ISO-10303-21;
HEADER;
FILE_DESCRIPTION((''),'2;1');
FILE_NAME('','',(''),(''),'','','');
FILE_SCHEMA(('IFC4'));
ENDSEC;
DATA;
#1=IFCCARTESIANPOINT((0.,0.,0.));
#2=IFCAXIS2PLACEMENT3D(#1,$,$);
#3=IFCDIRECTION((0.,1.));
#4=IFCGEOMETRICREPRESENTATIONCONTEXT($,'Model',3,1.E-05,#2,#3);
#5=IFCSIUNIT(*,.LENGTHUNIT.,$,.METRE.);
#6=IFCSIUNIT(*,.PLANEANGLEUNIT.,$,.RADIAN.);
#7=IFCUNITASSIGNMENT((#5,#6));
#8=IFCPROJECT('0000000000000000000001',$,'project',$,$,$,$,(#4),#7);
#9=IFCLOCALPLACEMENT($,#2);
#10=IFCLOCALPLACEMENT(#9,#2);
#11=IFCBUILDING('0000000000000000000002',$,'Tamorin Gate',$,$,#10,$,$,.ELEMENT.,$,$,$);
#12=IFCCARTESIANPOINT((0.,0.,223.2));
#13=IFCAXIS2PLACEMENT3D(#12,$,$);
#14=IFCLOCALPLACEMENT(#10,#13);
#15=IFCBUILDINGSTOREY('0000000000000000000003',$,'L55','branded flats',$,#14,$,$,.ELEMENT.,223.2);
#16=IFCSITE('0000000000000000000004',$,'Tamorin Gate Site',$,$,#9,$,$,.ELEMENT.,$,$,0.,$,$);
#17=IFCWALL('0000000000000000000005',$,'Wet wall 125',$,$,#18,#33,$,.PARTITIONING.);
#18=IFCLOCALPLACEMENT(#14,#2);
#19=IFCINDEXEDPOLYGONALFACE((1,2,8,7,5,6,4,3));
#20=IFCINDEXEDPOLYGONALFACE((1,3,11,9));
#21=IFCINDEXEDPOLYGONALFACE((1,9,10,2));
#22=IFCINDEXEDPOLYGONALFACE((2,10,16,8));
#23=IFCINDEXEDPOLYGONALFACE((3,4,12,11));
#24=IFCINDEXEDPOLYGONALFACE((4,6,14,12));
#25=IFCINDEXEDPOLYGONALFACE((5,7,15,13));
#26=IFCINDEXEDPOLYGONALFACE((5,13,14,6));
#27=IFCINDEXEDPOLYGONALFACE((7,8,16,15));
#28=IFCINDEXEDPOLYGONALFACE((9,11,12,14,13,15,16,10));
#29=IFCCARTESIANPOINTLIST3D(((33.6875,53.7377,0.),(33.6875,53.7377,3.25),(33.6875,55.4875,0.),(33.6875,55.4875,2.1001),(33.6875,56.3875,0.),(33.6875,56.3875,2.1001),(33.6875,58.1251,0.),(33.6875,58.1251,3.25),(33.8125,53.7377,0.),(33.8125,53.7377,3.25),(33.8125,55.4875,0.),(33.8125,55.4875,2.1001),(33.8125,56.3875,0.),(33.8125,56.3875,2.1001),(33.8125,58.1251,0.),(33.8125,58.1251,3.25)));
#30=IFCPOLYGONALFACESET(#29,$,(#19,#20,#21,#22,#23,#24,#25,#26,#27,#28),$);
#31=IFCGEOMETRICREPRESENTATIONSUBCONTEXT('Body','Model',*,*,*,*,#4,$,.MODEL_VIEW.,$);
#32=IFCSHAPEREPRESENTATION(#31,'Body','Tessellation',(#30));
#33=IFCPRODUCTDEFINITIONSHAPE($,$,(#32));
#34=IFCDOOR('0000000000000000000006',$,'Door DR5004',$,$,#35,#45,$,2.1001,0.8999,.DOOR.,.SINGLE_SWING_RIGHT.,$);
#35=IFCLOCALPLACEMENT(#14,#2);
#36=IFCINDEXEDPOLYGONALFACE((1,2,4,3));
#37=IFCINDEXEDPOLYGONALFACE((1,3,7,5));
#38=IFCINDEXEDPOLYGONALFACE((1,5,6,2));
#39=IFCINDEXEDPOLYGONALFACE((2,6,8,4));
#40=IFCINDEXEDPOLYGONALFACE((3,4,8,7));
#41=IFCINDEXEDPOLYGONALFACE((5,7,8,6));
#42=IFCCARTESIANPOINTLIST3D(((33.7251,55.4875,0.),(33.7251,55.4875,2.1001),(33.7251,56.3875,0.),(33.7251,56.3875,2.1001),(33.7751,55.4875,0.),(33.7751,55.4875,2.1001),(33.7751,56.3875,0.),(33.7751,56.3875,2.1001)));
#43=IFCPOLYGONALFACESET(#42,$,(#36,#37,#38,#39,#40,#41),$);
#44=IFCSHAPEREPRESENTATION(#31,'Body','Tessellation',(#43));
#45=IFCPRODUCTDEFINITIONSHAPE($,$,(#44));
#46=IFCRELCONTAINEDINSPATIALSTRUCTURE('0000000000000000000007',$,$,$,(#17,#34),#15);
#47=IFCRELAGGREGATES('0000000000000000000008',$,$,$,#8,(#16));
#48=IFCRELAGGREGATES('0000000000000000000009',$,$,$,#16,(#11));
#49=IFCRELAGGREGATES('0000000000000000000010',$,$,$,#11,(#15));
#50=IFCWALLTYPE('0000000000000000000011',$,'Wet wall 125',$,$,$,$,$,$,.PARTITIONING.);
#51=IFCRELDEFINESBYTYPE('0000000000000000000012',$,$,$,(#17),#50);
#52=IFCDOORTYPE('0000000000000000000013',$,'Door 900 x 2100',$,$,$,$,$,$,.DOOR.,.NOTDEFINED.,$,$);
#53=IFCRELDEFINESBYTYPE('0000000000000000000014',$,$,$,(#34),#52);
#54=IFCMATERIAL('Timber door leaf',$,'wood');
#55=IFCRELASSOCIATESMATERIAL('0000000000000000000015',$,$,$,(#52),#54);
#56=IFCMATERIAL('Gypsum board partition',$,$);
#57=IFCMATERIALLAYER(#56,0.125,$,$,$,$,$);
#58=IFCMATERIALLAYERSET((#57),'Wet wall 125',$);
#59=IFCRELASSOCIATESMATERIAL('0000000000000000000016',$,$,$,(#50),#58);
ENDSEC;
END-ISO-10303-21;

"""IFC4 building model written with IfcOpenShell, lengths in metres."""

from ifc_helpers import new_model, si_unit, direction, frame, frame_2d, origin, place, context, subcontext, project, spatial, rectangle, extrude, material, layer, layer_set, type_object, element, fill, save


model = new_model("IFC4")

# Units and contexts
model_context = context("Model", 3, precision=1e-05, world=origin(), true_north=direction((0.0, 1.0)))
body_context = subcontext(model_context, "Body", "Model", "MODEL_VIEW")
ifc_project = project(units=[si_unit("LENGTHUNIT", "METRE"), si_unit("PLANEANGLEUNIT", "RADIAN")], contexts=[model_context])

# Site, building, storey
site_placement = place(None, origin())
site = spatial("IfcSite", under=ifc_project, at=site_placement, Name="Tamorin Gate Site", CompositionType="ELEMENT", RefElevation=0.0)
building_placement = place(site_placement, origin())
building = spatial("IfcBuilding", under=site, at=building_placement, Name="Tamorin Gate", CompositionType="ELEMENT")
storey_placement = place(building_placement, frame((0.0, 0.0, 223.2)))
storey = spatial("IfcBuildingStorey", under=building, at=storey_placement, Name="L55", Description="branded flats", CompositionType="ELEMENT", Elevation=223.2)

# Shared definitions
ifc_material_1 = material(Name="Gypsum board partition")
ifc_material_2 = material(Name="Timber door leaf", Category="wood")
door_type = type_object("IfcDoorType", Name="Door 900 x 2100", OperationType="NOTDEFINED", PredefinedType="DOOR", material=ifc_material_2)

# Wall, opening, door
ifc_layer_1 = layer(ifc_material_1, 0.125)
ifc_layer_set_1 = layer_set([ifc_layer_1], Name="Wet wall 125")
wall_type_1 = type_object("IfcWallType", Name="Wet wall 125", PredefinedType="PARTITIONING", material=ifc_layer_set_1)
wall_1_placement = place(storey_placement, frame((33.75, 53.7375, 0.0), z_axis=(0.0, 0.0, 1.0), x_axis=(0.0, 1.0, 0.0)))
wall_1 = element("IfcWall", 1, at=wall_1_placement, inside=storey, type_object=wall_type_1, Name="Wet wall 125", PredefinedType="PARTITIONING", context=body_context, shape_type="SweptSolid", body=[
    extrude(rectangle(XDim=4.3875, YDim=0.125, at=frame_2d((2.1938, 0.0))), origin(), (0.0, 0.0, 1.0), 3.25),
])
opening_1_placement = place(wall_1_placement, frame((1.75, 0.0, 0.0)))
opening_1 = element("IfcOpeningElement", 2, at=opening_1_placement, cuts=wall_1, PredefinedType="OPENING", context=body_context, shape_type="SweptSolid", body=[
    extrude(rectangle(XDim=0.8999, YDim=2.1001, at=frame_2d((0.45, 1.05))), frame((0.0, 0.0725, 0.0), z_axis=(0.0, -1.0, 0.0), x_axis=(1.0, 0.0, 0.0)), (0.0, 0.0, 1.0), 0.145),
])
door_1_placement = place(opening_1_placement, origin())
door_1 = element("IfcDoor", 3, at=door_1_placement, inside=storey, type_object=door_type, Name="Door DR5004", OperationType="SINGLE_SWING_RIGHT", OverallHeight=2.1001, OverallWidth=0.8999, PredefinedType="DOOR", context=body_context, shape_type="SweptSolid", body=[
    extrude(rectangle(XDim=0.8999, YDim=2.1001, at=frame_2d((0.45, 1.05))), frame((0.0, 0.0249, 0.0), z_axis=(0.0, -1.0, 0.0), x_axis=(1.0, 0.0, 0.0)), (0.0, 0.0, 1.0), 0.05),
])
fill(opening_1, door_1)

save(model, "model.ifc")
